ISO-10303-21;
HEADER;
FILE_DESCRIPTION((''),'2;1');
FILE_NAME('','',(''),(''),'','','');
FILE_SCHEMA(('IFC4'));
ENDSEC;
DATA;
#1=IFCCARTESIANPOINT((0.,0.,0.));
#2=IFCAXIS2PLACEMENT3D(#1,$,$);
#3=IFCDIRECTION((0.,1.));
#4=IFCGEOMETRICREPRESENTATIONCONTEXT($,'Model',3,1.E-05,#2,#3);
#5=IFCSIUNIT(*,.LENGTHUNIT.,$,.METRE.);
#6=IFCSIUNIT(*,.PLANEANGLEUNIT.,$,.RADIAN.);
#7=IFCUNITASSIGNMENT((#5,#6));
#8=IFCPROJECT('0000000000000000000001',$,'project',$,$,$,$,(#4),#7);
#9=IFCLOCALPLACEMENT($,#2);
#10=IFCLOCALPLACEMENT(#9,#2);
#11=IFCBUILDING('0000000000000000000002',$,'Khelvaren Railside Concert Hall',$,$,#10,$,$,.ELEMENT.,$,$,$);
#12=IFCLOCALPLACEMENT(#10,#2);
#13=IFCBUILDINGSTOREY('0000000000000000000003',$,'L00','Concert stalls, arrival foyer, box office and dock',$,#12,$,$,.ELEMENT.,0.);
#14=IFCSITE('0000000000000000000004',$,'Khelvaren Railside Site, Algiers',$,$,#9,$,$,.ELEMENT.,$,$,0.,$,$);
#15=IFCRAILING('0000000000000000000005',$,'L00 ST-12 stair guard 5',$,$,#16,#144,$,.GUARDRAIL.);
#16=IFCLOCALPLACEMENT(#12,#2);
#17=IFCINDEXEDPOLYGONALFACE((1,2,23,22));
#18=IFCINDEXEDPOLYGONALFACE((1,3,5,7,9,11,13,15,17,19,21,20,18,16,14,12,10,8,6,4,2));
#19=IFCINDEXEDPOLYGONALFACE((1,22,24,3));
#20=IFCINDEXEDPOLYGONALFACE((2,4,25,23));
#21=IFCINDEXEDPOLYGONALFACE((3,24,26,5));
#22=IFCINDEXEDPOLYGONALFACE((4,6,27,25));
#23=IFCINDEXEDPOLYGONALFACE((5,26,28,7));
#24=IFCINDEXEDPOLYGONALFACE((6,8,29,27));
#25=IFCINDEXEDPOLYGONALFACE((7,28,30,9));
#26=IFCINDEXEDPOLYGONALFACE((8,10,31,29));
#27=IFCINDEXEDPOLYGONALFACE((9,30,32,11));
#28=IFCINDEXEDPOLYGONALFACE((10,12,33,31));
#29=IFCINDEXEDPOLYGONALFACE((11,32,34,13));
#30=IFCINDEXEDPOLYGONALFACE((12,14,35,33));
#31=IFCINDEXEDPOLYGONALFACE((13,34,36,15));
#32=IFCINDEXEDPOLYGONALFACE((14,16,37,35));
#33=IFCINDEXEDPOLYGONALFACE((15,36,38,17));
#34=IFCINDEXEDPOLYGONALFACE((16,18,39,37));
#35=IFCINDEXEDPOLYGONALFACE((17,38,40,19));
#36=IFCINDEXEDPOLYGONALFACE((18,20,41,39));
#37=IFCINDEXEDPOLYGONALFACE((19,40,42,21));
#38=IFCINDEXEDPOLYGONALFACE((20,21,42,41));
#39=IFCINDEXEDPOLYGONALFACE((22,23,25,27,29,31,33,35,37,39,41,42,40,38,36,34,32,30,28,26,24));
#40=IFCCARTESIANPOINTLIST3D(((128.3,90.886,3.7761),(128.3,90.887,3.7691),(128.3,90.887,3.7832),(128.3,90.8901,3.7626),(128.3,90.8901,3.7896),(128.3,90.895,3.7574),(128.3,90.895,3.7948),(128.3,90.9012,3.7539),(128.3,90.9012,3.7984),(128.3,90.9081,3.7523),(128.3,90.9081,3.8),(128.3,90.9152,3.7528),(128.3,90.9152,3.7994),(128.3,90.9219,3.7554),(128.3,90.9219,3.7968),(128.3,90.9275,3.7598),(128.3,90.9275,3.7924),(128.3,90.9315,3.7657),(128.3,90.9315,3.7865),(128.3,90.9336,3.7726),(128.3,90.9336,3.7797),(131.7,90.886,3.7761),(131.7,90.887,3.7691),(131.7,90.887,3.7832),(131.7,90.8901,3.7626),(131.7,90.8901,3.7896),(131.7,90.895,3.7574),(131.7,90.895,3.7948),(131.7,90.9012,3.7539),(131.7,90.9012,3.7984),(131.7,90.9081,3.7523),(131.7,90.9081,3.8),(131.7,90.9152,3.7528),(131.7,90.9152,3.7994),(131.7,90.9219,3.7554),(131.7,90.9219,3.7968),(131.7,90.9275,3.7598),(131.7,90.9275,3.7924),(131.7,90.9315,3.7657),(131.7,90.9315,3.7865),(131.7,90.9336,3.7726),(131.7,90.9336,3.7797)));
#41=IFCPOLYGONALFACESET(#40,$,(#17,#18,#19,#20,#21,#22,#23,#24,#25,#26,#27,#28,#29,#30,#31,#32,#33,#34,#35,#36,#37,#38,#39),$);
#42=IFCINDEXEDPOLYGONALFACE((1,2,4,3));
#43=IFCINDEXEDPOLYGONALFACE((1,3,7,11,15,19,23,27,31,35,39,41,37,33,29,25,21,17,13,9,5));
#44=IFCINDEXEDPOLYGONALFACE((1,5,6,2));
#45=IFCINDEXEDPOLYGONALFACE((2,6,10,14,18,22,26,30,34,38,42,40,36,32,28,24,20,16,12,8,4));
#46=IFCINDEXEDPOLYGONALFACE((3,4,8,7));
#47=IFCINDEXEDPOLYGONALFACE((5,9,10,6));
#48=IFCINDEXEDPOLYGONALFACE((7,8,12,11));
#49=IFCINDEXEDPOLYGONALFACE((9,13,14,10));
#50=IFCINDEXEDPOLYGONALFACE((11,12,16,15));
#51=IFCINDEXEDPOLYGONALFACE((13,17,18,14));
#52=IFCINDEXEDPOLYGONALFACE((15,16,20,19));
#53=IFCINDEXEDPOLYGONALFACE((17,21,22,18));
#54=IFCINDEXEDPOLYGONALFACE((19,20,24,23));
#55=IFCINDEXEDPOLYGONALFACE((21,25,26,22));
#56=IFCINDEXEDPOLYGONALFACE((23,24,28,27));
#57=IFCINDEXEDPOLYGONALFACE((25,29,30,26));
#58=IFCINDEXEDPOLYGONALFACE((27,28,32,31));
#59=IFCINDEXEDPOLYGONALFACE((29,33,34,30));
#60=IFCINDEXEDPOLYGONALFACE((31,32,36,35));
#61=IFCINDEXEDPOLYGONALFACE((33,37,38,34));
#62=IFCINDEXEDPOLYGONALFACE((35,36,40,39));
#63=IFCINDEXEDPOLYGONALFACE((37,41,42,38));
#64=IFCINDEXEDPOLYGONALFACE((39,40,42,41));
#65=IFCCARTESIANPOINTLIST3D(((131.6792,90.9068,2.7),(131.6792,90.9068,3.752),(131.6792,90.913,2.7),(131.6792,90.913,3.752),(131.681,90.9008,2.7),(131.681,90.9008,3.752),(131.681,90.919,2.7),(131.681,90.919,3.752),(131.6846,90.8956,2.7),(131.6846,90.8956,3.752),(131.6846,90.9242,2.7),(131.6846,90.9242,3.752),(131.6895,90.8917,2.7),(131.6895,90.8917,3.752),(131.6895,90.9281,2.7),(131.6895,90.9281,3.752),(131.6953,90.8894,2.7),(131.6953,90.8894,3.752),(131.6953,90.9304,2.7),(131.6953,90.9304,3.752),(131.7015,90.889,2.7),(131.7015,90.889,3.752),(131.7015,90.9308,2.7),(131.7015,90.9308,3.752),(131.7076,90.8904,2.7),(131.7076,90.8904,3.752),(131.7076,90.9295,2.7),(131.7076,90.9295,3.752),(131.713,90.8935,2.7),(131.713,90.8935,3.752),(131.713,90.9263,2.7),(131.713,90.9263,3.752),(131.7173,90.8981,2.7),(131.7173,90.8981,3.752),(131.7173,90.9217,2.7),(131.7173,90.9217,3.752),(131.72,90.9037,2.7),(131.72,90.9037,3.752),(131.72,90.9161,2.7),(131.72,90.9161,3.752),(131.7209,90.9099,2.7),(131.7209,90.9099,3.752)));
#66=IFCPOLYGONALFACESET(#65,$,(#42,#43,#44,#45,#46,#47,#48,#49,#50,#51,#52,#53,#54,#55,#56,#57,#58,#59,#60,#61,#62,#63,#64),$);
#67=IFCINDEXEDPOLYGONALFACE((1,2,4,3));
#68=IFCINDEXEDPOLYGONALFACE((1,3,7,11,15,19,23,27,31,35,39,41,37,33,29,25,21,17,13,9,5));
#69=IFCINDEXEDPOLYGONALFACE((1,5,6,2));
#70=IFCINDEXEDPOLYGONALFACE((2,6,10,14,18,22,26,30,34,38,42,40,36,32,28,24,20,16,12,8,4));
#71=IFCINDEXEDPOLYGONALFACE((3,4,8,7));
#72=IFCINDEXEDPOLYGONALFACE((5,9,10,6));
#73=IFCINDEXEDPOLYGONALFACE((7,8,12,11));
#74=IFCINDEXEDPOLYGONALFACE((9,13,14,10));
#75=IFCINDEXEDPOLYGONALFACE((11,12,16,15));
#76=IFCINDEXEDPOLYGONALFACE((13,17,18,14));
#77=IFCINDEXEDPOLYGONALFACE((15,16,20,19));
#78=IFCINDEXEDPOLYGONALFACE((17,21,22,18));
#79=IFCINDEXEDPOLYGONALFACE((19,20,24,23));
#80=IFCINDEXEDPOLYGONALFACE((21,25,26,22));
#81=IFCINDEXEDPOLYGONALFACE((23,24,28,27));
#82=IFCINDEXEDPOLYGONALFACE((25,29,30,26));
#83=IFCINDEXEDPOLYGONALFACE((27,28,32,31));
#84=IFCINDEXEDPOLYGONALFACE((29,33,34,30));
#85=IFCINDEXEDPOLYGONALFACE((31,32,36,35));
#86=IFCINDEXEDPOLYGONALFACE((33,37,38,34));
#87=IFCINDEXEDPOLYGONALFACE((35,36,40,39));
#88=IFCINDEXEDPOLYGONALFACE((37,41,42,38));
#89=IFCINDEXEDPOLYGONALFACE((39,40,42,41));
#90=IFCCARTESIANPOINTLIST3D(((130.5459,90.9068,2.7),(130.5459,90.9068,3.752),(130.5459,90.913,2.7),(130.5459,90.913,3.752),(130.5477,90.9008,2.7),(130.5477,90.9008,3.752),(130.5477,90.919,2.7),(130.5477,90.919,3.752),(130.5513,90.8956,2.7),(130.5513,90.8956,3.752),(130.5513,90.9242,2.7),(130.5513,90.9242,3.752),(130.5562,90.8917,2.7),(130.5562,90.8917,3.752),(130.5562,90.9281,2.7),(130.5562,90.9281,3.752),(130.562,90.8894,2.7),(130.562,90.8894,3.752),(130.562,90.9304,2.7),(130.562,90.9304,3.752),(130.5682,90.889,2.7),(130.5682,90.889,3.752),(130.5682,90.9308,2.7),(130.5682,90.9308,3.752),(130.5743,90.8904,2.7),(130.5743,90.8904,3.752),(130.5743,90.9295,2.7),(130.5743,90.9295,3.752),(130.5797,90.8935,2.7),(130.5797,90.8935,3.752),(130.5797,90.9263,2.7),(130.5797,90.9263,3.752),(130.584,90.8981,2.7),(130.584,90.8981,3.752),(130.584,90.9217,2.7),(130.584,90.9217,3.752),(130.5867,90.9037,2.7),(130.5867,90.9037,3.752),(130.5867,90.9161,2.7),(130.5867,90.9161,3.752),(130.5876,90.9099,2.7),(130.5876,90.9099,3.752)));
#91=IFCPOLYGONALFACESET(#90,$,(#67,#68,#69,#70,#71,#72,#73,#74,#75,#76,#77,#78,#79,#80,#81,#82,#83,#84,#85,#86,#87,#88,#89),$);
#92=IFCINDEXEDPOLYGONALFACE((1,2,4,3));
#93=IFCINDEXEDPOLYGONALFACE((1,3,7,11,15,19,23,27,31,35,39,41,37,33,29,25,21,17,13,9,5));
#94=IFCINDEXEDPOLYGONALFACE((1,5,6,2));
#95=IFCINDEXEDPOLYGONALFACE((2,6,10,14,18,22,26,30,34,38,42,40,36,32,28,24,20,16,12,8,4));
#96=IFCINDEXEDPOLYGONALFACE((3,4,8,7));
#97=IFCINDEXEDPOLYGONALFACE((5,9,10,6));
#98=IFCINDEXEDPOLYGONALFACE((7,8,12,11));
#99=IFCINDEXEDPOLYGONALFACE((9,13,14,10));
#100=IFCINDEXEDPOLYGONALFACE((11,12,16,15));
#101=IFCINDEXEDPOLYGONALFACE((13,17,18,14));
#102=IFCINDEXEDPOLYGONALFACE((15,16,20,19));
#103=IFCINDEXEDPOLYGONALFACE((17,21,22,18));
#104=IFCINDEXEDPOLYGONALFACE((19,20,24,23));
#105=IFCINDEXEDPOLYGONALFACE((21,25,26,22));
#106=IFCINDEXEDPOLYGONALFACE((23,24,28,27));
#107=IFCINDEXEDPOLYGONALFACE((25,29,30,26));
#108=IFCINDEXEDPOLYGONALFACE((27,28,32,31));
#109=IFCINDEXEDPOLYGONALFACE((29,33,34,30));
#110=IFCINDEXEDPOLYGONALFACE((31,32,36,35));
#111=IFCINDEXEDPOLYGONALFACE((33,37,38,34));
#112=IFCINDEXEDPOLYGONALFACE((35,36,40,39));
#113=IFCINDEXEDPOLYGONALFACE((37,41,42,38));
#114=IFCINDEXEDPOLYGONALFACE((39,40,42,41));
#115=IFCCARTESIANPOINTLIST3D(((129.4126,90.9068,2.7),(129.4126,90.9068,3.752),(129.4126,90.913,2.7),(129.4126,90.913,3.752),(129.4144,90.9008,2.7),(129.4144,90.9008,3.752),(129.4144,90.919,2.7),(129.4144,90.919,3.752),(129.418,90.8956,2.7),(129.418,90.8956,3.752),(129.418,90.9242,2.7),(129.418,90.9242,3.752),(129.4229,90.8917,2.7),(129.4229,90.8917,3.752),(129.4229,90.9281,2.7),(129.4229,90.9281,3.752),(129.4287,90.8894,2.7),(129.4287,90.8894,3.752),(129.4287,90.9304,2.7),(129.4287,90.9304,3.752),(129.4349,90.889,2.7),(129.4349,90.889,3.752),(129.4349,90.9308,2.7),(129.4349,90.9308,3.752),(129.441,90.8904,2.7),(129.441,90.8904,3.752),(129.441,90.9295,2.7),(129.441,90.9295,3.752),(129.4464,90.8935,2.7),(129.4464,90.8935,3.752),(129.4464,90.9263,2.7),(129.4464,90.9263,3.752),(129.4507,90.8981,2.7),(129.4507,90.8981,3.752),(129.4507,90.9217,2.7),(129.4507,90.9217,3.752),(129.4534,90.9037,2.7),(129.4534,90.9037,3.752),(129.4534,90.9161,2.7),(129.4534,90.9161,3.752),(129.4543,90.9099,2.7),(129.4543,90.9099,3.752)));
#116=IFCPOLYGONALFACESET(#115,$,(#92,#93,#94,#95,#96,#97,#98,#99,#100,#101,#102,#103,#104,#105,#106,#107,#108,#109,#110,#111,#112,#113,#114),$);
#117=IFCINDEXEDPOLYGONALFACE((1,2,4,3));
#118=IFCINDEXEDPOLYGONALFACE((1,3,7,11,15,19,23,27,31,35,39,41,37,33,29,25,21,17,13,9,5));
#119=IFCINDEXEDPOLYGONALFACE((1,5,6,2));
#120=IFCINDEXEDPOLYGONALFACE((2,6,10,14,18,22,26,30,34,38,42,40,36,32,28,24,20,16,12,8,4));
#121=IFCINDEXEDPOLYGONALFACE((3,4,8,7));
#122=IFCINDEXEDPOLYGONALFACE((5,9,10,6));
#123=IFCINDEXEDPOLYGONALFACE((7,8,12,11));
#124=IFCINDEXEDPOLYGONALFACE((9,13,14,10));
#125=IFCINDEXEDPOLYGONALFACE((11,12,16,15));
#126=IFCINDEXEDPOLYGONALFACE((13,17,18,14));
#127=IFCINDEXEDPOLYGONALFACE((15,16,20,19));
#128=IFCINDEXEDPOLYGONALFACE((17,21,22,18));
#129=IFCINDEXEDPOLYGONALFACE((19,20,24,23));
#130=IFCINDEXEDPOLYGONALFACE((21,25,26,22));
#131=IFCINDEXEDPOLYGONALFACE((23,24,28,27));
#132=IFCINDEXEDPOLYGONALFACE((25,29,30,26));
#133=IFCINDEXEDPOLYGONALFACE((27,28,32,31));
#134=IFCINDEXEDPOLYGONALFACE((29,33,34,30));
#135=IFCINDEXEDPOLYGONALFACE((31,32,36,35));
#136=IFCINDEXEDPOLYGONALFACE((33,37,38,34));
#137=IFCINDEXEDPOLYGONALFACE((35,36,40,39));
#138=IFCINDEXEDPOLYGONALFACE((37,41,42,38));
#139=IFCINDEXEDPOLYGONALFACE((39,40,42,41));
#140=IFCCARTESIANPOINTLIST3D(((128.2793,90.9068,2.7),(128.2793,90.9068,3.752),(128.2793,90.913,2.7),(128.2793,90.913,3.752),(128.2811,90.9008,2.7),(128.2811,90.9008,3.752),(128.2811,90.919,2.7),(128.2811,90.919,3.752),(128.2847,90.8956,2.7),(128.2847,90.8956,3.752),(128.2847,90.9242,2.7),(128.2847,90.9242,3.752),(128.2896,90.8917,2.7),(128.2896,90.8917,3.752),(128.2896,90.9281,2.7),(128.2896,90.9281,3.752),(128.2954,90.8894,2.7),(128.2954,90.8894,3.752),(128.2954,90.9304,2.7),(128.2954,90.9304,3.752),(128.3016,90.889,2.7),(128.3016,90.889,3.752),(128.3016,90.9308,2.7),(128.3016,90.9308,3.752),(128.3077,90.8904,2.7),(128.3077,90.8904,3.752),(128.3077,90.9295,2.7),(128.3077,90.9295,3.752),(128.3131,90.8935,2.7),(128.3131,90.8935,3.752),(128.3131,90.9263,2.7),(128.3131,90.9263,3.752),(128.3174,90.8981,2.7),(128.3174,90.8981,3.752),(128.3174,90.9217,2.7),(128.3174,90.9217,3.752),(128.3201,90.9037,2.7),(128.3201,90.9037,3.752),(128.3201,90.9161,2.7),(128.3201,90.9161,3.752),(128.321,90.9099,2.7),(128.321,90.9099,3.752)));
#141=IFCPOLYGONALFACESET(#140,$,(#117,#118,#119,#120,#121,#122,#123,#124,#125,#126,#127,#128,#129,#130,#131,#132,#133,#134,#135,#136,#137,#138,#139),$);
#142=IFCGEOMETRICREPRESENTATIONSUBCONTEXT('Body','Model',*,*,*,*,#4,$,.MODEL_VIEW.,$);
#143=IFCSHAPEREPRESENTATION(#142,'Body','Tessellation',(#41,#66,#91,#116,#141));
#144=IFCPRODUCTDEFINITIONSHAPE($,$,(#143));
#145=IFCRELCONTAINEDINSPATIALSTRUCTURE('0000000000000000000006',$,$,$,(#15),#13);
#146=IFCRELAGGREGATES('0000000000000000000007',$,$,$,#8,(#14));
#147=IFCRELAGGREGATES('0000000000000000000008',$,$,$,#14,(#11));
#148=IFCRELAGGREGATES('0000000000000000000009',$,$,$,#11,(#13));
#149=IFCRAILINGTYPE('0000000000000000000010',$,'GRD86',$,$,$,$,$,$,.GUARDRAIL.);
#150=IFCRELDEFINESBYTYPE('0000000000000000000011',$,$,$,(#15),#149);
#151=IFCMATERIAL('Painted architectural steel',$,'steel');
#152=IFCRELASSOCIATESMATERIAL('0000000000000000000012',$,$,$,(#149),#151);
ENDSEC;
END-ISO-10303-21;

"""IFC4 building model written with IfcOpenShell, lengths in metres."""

from ifc_helpers import new_model, si_unit, direction, frame, origin, origin_2d, place, context, subcontext, project, spatial, circle, extrude, material, type_object, element, save


model = new_model("IFC4")

# Units and contexts
model_context = context("Model", 3, precision=1e-05, world=origin(), true_north=direction((0.0, 1.0)))
body_context = subcontext(model_context, "Body", "Model", "MODEL_VIEW")
ifc_project = project(units=[si_unit("LENGTHUNIT", "METRE"), si_unit("PLANEANGLEUNIT", "RADIAN")], contexts=[model_context])

# Site, building, storey
site_placement = place(None, origin())
site = spatial("IfcSite", under=ifc_project, at=site_placement, Name="Khelvaren Railside Site, Algiers", CompositionType="ELEMENT", RefElevation=0.0)
building_placement = place(site_placement, origin())
building = spatial("IfcBuilding", under=site, at=building_placement, Name="Khelvaren Railside Concert Hall", CompositionType="ELEMENT")
storey_placement = place(building_placement, origin())
storey = spatial("IfcBuildingStorey", under=building, at=storey_placement, Name="L00", Description="Concert stalls, arrival foyer, box office and dock", CompositionType="ELEMENT", Elevation=0.0)

# Railing
ifc_material_1 = material(Name="Painted architectural steel", Category="steel")
railing_type_1 = type_object("IfcRailingType", Name="GRD86", PredefinedType="GUARDRAIL", material=ifc_material_1)
railing_1_placement = place(storey_placement, frame((131.7, 90.9099, 2.7)))
element("IfcRailing", 1, at=railing_1_placement, inside=storey, type_object=railing_type_1, Name="L00 ST-12 stair guard 5", PredefinedType="GUARDRAIL", context=body_context, shape_type="SweptSolid", body=[
    extrude(circle(Radius=0.0239, at=origin_2d()), frame((0.0, 0.0, 1.0762), z_axis=(-1.0, 0.0, 0.0), x_axis=(0.0, -1.0, 0.0)), (0.0, 0.0, 1.0), 3.3999),
    extrude(circle(Radius=0.021, at=origin_2d()), origin(), (0.0, 0.0, 1.0), 1.052),
    extrude(circle(Radius=0.021, at=origin_2d()), frame((-1.1333, 0.0, 0.0)), (0.0, 0.0, 1.0), 1.052),
    extrude(circle(Radius=0.021, at=origin_2d()), frame((-2.2666, 0.0, 0.0)), (0.0, 0.0, 1.0), 1.052),
    extrude(circle(Radius=0.021, at=origin_2d()), frame((-3.3999, 0.0, 0.0)), (0.0, 0.0, 1.0), 1.052),
])

save(model, "model.ifc")
